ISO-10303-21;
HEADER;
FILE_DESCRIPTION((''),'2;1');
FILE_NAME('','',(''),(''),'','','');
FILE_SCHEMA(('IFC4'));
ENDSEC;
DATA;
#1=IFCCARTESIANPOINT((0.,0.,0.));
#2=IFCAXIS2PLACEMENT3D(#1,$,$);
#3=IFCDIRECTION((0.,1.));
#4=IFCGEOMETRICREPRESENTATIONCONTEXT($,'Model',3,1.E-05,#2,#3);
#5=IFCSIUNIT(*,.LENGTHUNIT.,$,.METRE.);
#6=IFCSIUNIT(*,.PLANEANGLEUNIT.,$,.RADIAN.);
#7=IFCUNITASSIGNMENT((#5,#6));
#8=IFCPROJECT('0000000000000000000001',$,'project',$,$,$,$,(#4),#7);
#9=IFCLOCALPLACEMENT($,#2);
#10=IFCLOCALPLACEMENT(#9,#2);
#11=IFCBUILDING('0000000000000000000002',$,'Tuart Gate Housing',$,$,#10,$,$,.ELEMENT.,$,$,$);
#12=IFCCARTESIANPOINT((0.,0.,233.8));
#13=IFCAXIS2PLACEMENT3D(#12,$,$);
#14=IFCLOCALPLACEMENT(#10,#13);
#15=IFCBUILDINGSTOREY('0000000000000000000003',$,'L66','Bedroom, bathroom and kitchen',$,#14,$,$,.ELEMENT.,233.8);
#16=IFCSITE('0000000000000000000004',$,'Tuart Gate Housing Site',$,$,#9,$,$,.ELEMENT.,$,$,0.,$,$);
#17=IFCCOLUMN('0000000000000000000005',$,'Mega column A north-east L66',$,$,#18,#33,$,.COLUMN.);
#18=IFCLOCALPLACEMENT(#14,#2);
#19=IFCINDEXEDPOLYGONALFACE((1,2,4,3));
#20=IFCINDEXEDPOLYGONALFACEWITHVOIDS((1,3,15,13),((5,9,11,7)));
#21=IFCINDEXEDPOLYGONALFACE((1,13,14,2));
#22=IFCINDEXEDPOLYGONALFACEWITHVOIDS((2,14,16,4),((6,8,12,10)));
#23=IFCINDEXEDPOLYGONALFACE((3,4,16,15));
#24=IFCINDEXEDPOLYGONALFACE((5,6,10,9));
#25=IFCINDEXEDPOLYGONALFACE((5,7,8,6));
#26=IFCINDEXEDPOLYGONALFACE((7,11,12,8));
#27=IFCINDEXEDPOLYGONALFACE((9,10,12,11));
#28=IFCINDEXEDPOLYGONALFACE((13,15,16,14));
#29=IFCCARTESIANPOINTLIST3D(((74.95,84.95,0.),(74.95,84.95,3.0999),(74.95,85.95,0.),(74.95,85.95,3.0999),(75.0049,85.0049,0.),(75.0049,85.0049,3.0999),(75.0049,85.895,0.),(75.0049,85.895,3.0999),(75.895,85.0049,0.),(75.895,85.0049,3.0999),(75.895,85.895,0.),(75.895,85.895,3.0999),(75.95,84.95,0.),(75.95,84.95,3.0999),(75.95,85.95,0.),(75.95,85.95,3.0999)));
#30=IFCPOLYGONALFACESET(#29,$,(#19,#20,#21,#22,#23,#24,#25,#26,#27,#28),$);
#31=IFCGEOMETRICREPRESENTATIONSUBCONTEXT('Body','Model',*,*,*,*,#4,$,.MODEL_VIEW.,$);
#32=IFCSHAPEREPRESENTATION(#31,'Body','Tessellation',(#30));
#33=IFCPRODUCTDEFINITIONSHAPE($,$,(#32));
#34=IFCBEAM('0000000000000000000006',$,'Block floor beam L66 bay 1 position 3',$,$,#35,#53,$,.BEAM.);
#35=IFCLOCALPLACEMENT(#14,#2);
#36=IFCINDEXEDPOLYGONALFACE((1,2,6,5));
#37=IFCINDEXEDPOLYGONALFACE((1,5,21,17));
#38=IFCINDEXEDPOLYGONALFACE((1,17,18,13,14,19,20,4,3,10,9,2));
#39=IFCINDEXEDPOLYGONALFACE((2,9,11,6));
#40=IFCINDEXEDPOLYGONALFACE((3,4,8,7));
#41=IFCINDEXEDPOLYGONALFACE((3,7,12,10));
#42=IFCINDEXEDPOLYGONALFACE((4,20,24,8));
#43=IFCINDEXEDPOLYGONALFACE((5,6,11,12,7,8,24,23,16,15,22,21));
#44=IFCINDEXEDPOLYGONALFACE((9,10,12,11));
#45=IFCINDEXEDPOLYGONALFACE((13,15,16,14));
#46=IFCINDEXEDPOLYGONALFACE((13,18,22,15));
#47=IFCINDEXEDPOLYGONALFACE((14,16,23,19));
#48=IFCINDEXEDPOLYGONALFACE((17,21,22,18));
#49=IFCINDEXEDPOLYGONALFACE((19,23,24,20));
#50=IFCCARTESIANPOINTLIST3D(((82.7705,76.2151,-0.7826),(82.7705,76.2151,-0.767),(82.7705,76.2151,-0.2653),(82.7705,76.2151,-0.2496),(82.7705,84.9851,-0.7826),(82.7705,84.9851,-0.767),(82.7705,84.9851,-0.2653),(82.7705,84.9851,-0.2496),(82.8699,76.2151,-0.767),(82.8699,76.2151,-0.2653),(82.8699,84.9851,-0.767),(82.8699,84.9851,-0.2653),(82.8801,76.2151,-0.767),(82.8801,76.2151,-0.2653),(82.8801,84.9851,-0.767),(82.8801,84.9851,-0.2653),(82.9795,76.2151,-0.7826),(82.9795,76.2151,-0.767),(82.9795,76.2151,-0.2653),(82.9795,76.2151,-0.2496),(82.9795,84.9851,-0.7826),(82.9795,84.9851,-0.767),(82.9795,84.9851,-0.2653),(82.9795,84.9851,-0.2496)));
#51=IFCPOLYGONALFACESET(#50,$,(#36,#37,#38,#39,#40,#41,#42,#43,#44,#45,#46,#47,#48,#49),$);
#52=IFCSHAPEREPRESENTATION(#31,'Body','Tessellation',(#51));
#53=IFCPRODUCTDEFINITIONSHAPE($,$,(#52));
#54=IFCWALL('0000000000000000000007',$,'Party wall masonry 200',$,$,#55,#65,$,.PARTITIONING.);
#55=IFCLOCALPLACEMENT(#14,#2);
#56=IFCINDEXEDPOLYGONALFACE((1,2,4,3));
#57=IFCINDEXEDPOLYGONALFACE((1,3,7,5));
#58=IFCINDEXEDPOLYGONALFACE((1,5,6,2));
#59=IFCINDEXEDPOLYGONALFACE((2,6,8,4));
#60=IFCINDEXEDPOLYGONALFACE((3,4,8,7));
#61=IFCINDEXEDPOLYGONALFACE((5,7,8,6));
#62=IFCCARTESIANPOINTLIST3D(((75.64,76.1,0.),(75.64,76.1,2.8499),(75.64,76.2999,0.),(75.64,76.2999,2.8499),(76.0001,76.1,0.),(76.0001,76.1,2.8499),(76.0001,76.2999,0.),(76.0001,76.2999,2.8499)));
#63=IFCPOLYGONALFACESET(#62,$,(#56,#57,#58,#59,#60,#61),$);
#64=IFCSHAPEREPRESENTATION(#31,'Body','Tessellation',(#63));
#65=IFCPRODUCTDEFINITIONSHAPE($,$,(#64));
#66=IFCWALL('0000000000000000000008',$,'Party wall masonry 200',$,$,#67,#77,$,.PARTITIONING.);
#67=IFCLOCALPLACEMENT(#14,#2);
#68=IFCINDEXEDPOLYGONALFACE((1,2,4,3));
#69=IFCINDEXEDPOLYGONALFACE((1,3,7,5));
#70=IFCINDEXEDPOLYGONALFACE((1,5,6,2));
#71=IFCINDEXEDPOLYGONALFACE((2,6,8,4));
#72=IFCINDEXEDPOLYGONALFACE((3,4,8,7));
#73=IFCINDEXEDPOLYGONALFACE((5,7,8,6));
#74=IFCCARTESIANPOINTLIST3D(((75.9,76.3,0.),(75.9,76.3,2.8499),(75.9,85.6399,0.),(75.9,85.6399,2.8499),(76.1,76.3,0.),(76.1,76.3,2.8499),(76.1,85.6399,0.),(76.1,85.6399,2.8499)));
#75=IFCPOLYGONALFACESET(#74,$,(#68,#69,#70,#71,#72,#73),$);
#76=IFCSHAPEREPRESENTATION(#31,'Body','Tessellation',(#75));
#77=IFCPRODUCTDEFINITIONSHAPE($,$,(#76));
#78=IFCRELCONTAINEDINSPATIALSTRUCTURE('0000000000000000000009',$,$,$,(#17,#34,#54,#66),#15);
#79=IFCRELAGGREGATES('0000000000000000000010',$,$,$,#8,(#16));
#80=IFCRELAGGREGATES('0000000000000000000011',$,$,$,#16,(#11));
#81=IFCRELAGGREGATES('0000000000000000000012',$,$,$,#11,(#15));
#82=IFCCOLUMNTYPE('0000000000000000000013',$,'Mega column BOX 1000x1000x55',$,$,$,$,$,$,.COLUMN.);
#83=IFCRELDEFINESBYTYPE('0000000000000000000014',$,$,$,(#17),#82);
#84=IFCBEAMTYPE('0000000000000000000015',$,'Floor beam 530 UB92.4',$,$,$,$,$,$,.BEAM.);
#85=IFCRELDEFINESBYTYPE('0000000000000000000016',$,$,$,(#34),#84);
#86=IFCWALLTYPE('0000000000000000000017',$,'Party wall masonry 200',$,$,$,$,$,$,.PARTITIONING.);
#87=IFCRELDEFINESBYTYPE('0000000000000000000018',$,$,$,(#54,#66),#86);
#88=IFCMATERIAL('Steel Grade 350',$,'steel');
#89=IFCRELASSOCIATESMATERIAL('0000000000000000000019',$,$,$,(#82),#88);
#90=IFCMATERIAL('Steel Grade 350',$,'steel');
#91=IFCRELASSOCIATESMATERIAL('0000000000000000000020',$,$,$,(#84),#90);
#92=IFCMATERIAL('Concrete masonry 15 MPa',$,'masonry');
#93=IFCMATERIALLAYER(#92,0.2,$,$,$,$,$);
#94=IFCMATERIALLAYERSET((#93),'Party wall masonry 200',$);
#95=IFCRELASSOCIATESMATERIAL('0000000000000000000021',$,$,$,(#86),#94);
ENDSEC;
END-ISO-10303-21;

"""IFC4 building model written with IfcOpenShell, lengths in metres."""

from ifc_helpers import new_model, si_unit, direction, frame, frame_2d, origin, origin_2d, place, context, subcontext, project, spatial, rectangle, hollow_rectangle, i_section, extrude, material, layer, layer_set, material_profile, profile_set, type_object, element, save


model = new_model("IFC4")

# Units and contexts
model_context = context("Model", 3, precision=1e-05, world=origin(), true_north=direction((0.0, 1.0)))
body_context = subcontext(model_context, "Body", "Model", "MODEL_VIEW")
ifc_project = project(units=[si_unit("LENGTHUNIT", "METRE"), si_unit("PLANEANGLEUNIT", "RADIAN")], contexts=[model_context])

# Site, building, storey
site_placement = place(None, origin())
site = spatial("IfcSite", under=ifc_project, at=site_placement, Name="Tuart Gate Housing Site", CompositionType="ELEMENT", RefElevation=0.0)
building_placement = place(site_placement, origin())
building = spatial("IfcBuilding", under=site, at=building_placement, Name="Tuart Gate Housing", CompositionType="ELEMENT")
storey_placement = place(building_placement, frame((0.0, 0.0, 233.8)))
storey = spatial("IfcBuildingStorey", under=building, at=storey_placement, Name="L66", Description="Bedroom, bathroom and kitchen", CompositionType="ELEMENT", Elevation=233.8)

# Column
ifc_material_1 = material(Name="Steel Grade 350", Category="steel")
ifc_material_profile_1 = material_profile(ifc_material_1, hollow_rectangle(XDim=1.0, YDim=1.0, WallThickness=0.0549, at=origin_2d()), Name="BOX 1000x1000x55")
ifc_profile_set_1 = profile_set([ifc_material_profile_1], Name="Steel Grade 350")
column_type = type_object("IfcColumnType", Name="Mega column BOX 1000x1000x55", PredefinedType="COLUMN", material=ifc_profile_set_1)
column_placement = place(storey_placement, frame((75.45, 85.45, 0.0), z_axis=(0.0, 0.0, 1.0), x_axis=(1.0, 0.0, 0.0)))
element("IfcColumn", 1, at=column_placement, inside=storey, type_object=column_type, Name="Mega column A north-east L66", PredefinedType="COLUMN", context=body_context, shape_type="SweptSolid", body=[
    extrude(hollow_rectangle(XDim=1.0, YDim=1.0, WallThickness=0.0549, at=origin_2d()), origin(), (0.0, 0.0, 1.0), 3.0999),
])

# Beam
ifc_material_2 = material(Name="Steel Grade 350", Category="steel")
ifc_material_profile_2 = material_profile(ifc_material_2, i_section(OverallWidth=0.209, OverallDepth=0.533, WebThickness=0.0103, FlangeThickness=0.0156, at=origin_2d()), Name="530UB92.4")
ifc_profile_set_2 = profile_set([ifc_material_profile_2], Name="Steel Grade 350")
beam_type = type_object("IfcBeamType", Name="Floor beam 530 UB92.4", PredefinedType="BEAM", material=ifc_profile_set_2)
beam_placement = place(storey_placement, frame((82.875, 76.2151, -0.5161), z_axis=(0.0, 1.0, 0.0), x_axis=(-1.0, 0.0, 0.0)))
element("IfcBeam", 2, at=beam_placement, inside=storey, type_object=beam_type, Name="Block floor beam L66 bay 1 position 3", PredefinedType="BEAM", context=body_context, shape_type="SweptSolid", body=[
    extrude(i_section(OverallWidth=0.209, OverallDepth=0.533, WebThickness=0.0103, FlangeThickness=0.0156, at=origin_2d()), origin(), (0.0, 0.0, 1.0), 8.77),
])

# Walls
ifc_material_3 = material(Name="Concrete masonry 15 MPa", Category="masonry")
ifc_layer_1 = layer(ifc_material_3, 0.2)
ifc_layer_set_1 = layer_set([ifc_layer_1], Name="Party wall masonry 200")
wall_type_1 = type_object("IfcWallType", Name="Party wall masonry 200", PredefinedType="PARTITIONING", material=ifc_layer_set_1)
wall_1_placement = place(storey_placement, frame((75.6399, 76.2, 0.0), z_axis=(0.0, 0.0, 1.0), x_axis=(1.0, 0.0, 0.0)))
element("IfcWall", 3, at=wall_1_placement, inside=storey, type_object=wall_type_1, Name="Party wall masonry 200", PredefinedType="PARTITIONING", context=body_context, shape_type="SweptSolid", body=[
    extrude(rectangle(XDim=0.3601, YDim=0.2, at=frame_2d((0.1802, 0.0))), origin(), (0.0, 0.0, 1.0), 2.8499),
])
wall_2_placement = place(storey_placement, frame((76.0, 76.3, 0.0), z_axis=(0.0, 0.0, 1.0), x_axis=(0.0, 1.0, 0.0)))
element("IfcWall", 4, at=wall_2_placement, inside=storey, type_object=wall_type_1, Name="Party wall masonry 200", PredefinedType="PARTITIONING", context=body_context, shape_type="SweptSolid", body=[
    extrude(rectangle(XDim=9.3398, YDim=0.2, at=frame_2d((4.6699, 0.0))), origin(), (0.0, 0.0, 1.0), 2.8499),
])

save(model, "model.ifc")
